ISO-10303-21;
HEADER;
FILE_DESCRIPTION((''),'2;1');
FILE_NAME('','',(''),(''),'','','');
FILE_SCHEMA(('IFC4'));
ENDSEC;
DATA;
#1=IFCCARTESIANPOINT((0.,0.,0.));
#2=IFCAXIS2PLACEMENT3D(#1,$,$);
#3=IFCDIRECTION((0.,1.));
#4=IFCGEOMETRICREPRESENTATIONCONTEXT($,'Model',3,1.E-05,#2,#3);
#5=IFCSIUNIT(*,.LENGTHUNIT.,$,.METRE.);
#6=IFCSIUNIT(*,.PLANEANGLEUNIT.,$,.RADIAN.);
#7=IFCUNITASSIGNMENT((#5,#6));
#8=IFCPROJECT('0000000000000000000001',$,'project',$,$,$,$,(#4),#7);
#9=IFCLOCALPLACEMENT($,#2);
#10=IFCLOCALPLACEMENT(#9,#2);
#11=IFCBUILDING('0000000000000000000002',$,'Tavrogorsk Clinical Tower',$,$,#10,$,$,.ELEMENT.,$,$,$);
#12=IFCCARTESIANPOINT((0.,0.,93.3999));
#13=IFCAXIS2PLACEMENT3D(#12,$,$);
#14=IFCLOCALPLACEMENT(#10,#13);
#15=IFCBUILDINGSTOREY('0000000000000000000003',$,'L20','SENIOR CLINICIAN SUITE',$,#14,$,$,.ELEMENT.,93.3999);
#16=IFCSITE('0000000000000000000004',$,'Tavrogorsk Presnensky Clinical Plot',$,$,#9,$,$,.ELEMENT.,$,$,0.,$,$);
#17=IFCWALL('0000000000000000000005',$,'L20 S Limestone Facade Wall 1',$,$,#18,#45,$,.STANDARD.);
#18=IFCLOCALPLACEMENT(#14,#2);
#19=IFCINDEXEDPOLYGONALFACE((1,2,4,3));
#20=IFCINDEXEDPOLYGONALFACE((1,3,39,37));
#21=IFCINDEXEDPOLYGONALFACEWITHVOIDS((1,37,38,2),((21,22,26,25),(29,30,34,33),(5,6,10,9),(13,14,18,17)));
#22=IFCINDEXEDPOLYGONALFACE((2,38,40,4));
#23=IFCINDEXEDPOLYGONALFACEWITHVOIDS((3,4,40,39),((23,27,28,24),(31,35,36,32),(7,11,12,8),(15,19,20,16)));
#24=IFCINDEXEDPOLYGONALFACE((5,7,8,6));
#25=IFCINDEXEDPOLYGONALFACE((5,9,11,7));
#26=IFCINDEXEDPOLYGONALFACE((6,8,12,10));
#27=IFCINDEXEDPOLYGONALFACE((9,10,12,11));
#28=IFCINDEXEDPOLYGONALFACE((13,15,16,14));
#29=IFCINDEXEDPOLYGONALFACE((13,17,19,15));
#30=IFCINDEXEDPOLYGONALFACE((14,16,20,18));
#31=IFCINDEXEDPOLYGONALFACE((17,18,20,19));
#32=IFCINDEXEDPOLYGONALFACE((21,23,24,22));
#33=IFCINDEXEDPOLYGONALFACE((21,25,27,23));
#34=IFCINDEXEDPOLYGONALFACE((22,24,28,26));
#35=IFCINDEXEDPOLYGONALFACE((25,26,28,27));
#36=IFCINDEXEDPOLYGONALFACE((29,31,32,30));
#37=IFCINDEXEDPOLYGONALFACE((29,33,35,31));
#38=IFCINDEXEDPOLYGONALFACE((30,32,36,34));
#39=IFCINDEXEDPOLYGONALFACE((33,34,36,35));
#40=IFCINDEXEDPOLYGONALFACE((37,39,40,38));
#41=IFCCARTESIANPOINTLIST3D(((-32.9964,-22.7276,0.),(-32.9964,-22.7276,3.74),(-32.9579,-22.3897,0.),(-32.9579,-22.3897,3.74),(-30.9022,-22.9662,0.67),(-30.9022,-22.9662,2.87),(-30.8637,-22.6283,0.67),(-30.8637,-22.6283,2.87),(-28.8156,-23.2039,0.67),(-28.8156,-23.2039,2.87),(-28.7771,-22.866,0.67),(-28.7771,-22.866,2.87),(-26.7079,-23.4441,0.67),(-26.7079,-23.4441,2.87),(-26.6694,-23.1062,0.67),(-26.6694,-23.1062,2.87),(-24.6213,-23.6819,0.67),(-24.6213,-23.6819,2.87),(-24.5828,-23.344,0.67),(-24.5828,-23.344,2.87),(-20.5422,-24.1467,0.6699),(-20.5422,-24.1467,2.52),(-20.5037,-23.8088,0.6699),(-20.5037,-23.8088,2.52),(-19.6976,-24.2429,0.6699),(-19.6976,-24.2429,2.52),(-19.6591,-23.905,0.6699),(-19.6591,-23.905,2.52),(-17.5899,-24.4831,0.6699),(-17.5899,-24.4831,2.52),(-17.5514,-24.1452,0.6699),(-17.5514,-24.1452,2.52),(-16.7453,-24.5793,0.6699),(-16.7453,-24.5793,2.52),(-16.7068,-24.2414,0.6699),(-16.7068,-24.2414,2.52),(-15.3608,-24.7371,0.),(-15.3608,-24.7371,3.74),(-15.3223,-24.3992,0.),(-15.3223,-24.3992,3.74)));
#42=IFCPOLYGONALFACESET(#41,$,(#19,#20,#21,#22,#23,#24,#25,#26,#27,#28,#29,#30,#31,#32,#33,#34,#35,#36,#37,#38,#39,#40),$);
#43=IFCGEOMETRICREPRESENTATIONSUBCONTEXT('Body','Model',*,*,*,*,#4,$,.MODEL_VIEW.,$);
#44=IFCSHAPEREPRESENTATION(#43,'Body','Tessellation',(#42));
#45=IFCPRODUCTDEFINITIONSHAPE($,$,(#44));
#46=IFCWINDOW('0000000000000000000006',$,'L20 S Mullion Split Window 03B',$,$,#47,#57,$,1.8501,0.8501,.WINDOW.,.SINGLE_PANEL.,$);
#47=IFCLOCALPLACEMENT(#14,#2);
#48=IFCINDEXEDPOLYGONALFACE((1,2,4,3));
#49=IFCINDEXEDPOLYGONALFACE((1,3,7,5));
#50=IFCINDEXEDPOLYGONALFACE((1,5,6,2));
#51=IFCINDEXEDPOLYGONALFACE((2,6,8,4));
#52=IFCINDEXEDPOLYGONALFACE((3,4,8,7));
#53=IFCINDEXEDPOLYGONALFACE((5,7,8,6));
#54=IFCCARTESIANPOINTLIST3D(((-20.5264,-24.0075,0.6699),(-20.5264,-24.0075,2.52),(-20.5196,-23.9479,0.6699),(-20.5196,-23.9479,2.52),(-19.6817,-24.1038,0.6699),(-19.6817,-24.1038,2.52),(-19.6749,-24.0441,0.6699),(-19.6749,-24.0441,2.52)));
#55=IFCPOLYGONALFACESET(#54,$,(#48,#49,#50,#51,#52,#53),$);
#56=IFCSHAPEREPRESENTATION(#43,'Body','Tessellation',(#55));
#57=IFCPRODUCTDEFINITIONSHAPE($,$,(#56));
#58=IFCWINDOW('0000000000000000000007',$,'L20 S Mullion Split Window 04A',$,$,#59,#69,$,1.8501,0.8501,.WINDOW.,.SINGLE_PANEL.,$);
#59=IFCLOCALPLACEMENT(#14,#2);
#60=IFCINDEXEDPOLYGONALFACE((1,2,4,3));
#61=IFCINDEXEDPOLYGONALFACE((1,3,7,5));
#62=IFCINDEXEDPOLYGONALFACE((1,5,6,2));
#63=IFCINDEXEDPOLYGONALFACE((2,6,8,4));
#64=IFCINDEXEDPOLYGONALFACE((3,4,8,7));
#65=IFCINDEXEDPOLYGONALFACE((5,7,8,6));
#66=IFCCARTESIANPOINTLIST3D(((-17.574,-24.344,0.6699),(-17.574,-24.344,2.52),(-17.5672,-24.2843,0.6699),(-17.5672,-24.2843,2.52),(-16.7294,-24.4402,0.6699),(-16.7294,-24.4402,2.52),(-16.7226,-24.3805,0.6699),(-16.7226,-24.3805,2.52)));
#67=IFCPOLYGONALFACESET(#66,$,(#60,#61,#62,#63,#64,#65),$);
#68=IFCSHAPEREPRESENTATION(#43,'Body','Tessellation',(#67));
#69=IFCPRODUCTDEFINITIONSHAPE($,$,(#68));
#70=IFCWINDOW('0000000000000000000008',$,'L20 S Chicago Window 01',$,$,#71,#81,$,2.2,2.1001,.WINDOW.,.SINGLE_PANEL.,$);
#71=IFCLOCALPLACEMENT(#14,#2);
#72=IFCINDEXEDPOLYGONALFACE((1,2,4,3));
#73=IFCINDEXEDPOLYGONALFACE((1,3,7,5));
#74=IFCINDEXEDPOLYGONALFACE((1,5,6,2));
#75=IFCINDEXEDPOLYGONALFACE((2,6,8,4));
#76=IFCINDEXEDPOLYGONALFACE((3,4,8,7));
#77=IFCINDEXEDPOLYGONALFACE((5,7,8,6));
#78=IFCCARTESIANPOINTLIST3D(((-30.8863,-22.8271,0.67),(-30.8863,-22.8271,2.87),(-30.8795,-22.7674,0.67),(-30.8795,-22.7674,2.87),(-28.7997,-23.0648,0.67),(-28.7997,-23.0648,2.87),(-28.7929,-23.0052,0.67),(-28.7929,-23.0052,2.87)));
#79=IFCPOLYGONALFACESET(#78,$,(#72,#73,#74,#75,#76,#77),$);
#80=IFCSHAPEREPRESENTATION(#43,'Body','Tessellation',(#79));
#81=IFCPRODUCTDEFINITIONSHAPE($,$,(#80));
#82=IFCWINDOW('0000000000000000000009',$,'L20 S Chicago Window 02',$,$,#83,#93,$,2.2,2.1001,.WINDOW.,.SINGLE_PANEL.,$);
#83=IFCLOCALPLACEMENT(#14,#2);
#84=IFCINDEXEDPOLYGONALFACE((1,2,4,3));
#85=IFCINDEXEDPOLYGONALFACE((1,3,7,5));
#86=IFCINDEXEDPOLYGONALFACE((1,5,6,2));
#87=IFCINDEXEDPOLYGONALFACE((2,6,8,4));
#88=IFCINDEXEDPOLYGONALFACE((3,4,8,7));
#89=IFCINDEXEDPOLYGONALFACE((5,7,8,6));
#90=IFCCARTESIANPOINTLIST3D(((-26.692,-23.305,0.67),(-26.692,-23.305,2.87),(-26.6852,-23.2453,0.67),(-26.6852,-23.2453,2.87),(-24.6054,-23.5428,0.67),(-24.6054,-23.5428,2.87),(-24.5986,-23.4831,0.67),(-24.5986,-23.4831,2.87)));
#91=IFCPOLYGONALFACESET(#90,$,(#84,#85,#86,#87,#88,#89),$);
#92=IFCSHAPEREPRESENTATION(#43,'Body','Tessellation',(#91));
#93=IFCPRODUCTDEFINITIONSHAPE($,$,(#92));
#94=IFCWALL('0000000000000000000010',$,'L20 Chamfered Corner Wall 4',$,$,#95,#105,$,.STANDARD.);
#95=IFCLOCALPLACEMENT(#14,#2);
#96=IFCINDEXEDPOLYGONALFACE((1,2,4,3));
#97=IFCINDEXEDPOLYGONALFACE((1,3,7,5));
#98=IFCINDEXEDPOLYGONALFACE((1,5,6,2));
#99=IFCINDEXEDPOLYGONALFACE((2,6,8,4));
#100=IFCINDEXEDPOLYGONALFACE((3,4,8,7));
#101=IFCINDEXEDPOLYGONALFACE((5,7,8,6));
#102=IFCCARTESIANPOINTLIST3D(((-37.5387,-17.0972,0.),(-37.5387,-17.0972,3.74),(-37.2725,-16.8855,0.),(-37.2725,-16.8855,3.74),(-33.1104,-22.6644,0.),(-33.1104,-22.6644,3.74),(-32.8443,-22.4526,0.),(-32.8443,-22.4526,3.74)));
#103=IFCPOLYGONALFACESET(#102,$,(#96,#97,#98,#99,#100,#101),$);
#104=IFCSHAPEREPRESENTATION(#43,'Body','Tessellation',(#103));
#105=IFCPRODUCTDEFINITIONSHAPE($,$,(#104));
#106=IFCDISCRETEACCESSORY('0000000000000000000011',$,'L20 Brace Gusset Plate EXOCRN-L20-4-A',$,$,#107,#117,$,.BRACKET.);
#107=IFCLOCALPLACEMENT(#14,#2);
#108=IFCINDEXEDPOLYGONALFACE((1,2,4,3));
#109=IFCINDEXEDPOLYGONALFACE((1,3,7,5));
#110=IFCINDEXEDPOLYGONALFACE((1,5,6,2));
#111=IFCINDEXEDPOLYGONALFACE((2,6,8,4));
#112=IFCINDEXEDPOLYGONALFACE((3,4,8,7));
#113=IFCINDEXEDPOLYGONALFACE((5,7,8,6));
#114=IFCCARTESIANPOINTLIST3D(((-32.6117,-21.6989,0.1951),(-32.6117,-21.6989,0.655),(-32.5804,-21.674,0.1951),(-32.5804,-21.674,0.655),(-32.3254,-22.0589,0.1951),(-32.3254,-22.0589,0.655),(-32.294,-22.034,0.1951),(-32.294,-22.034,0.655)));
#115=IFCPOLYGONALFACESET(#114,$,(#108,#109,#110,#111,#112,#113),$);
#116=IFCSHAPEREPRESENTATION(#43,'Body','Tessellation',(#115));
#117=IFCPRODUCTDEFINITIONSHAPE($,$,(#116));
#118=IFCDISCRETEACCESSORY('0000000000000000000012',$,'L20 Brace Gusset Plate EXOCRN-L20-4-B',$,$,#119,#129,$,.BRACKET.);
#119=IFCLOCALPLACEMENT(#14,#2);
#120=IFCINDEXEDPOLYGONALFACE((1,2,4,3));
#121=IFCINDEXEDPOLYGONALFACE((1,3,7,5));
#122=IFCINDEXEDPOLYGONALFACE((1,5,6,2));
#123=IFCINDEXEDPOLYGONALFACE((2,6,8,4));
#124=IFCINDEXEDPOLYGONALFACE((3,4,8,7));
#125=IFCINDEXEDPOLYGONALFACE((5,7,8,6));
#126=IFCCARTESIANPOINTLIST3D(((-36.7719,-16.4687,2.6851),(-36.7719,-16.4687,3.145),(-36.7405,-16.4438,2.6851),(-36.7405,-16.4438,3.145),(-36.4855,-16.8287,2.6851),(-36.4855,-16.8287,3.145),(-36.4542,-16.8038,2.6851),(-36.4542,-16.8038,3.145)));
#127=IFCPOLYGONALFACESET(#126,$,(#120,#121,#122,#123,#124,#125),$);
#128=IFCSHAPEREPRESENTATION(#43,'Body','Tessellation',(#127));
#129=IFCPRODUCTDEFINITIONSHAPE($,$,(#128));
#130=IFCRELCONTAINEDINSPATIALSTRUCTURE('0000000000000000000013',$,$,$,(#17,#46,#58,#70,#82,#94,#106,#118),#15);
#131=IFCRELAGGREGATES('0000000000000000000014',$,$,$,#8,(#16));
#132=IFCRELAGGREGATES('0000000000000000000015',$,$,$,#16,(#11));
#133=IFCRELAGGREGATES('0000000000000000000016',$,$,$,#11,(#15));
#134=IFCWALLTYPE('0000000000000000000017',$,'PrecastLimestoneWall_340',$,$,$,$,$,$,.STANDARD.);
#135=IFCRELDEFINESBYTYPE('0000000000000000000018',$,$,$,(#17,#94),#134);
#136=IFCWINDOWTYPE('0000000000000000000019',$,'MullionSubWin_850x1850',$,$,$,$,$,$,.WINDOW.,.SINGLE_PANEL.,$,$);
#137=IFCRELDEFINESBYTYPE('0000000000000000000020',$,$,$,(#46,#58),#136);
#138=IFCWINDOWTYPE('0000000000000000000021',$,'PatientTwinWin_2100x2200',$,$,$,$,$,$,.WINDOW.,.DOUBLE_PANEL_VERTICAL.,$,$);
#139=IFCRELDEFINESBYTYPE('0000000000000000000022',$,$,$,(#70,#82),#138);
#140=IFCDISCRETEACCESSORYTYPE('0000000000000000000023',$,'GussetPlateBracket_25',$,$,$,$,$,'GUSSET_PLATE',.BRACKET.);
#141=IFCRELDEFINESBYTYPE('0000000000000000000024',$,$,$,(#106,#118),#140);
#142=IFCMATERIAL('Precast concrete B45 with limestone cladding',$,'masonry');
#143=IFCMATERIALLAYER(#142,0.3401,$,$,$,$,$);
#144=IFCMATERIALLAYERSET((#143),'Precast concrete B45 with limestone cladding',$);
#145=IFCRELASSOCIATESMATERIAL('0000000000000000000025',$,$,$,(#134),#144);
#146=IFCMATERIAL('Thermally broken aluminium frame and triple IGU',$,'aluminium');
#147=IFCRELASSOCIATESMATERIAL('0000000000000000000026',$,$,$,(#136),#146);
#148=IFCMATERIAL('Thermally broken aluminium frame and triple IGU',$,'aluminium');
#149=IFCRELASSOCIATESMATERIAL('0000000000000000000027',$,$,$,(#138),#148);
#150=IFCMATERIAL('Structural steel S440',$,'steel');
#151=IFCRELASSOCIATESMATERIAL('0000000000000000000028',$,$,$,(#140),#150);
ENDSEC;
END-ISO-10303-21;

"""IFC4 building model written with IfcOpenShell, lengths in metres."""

from ifc_helpers import new_model, si_unit, direction, frame, frame_2d, origin, origin_2d, place, context, subcontext, project, spatial, rectangle, extrude, material, layer, layer_set, type_object, element, fill, save


model = new_model("IFC4")

# Units and contexts
model_context = context("Model", 3, precision=1e-05, world=origin(), true_north=direction((0.0, 1.0)))
body_context = subcontext(model_context, "Body", "Model", "MODEL_VIEW")
ifc_project = project(units=[si_unit("LENGTHUNIT", "METRE"), si_unit("PLANEANGLEUNIT", "RADIAN")], contexts=[model_context])

# Site, building, storey
site_placement = place(None, origin())
site = spatial("IfcSite", under=ifc_project, at=site_placement, Name="Tavrogorsk Presnensky Clinical Plot", CompositionType="ELEMENT", RefElevation=0.0)
building_placement = place(site_placement, origin())
building = spatial("IfcBuilding", under=site, at=building_placement, Name="Tavrogorsk Clinical Tower", CompositionType="ELEMENT")
storey_placement = place(building_placement, frame((0.0, 0.0, 93.3999)))
storey = spatial("IfcBuildingStorey", under=building, at=storey_placement, Name="L20", Description="SENIOR CLINICIAN SUITE", CompositionType="ELEMENT", Elevation=93.3999)

# Wall, openings, windows
ifc_material_1 = material(Name="Precast concrete B45 with limestone cladding", Category="masonry")
ifc_layer_1 = layer(ifc_material_1, 0.3401)
ifc_layer_set_1 = layer_set([ifc_layer_1], Name="Precast concrete B45 with limestone cladding")
wall_type_1 = type_object("IfcWallType", Name="PrecastLimestoneWall_340", PredefinedType="STANDARD", material=ifc_layer_set_1)
wall_1_placement = place(storey_placement, frame((-32.9773, -22.5586, 0.0), z_axis=(0.0, 0.0, 1.0), x_axis=(0.993571, -0.113213, 0.0)))
wall_1 = element("IfcWall", 1, at=wall_1_placement, inside=storey, type_object=wall_type_1, Name="L20 S Limestone Facade Wall 1", PredefinedType="STANDARD", context=body_context, shape_type="SweptSolid", body=[
    extrude(rectangle(XDim=17.7498, YDim=0.3401, at=frame_2d((8.875, 0.0))), origin(), (0.0, 0.0, 1.0), 3.74),
])
opening_1_placement = place(wall_1_placement, frame((2.1079, 0.0, 0.6699)))
opening_1 = element("IfcOpeningElement", 2, at=opening_1_placement, cuts=wall_1, PredefinedType="OPENING", context=body_context, shape_type="SweptSolid", body=[
    extrude(rectangle(XDim=2.1001, YDim=2.2, at=frame_2d((1.05, 1.1001))), frame((0.0, 0.1799, 0.0), z_axis=(0.0, -1.0, 0.0), x_axis=(1.0, 0.0, 0.0)), (0.0, 0.0, 1.0), 0.3601),
])
opening_2_placement = place(wall_1_placement, frame((6.3293, 0.0, 0.6699)))
opening_2 = element("IfcOpeningElement", 3, at=opening_2_placement, cuts=wall_1, PredefinedType="OPENING", context=body_context, shape_type="SweptSolid", body=[
    extrude(rectangle(XDim=2.1001, YDim=2.2, at=frame_2d((1.05, 1.1001))), frame((0.0, 0.1799, 0.0), z_axis=(0.0, -1.0, 0.0), x_axis=(1.0, 0.0, 0.0)), (0.0, 0.0, 1.0), 0.3601),
])
opening_3_placement = place(wall_1_placement, frame((12.5349, 0.0, 0.6699)))
opening_3 = element("IfcOpeningElement", 4, at=opening_3_placement, cuts=wall_1, PredefinedType="OPENING", context=body_context, shape_type="SweptSolid", body=[
    extrude(rectangle(XDim=0.8501, YDim=1.8501, at=frame_2d((0.425, 0.925))), frame((0.0, 0.1799, 0.0), z_axis=(0.0, -1.0, 0.0), x_axis=(1.0, 0.0, 0.0)), (0.0, 0.0, 1.0), 0.3601),
])
opening_4_placement = place(wall_1_placement, frame((15.5063, 0.0, 0.6699)))
opening_4 = element("IfcOpeningElement", 5, at=opening_4_placement, cuts=wall_1, PredefinedType="OPENING", context=body_context, shape_type="SweptSolid", body=[
    extrude(rectangle(XDim=0.8501, YDim=1.8501, at=frame_2d((0.425, 0.925))), frame((0.0, 0.1799, 0.0), z_axis=(0.0, -1.0, 0.0), x_axis=(1.0, 0.0, 0.0)), (0.0, 0.0, 1.0), 0.3601),
])
ifc_material_2 = material(Name="Thermally broken aluminium frame and triple IGU", Category="aluminium")
window_type_1 = type_object("IfcWindowType", Name="MullionSubWin_850x1850", PartitioningType="SINGLE_PANEL", PredefinedType="WINDOW", material=ifc_material_2)
window_1_placement = place(opening_3_placement, origin())
window_1 = element("IfcWindow", 6, at=window_1_placement, inside=storey, type_object=window_type_1, Name="L20 S Mullion Split Window 03B", OverallHeight=1.8501, OverallWidth=0.8501, PartitioningType="SINGLE_PANEL", PredefinedType="WINDOW", context=body_context, shape_type="SweptSolid", body=[
    extrude(rectangle(XDim=0.8501, YDim=1.8501, at=frame_2d((0.425, 0.925))), frame((0.0, 0.03, 0.0), z_axis=(0.0, -1.0, 0.0), x_axis=(1.0, 0.0, 0.0)), (0.0, 0.0, 1.0), 0.0601),
])
fill(opening_3, window_1)
window_2_placement = place(opening_4_placement, origin())
window_2 = element("IfcWindow", 7, at=window_2_placement, inside=storey, type_object=window_type_1, Name="L20 S Mullion Split Window 04A", OverallHeight=1.8501, OverallWidth=0.8501, PartitioningType="SINGLE_PANEL", PredefinedType="WINDOW", context=body_context, shape_type="SweptSolid", body=[
    extrude(rectangle(XDim=0.8501, YDim=1.8501, at=frame_2d((0.425, 0.925))), frame((0.0, 0.03, 0.0), z_axis=(0.0, -1.0, 0.0), x_axis=(1.0, 0.0, 0.0)), (0.0, 0.0, 1.0), 0.0601),
])
fill(opening_4, window_2)
ifc_material_3 = material(Name="Thermally broken aluminium frame and triple IGU", Category="aluminium")
window_type_2 = type_object("IfcWindowType", Name="PatientTwinWin_2100x2200", PartitioningType="DOUBLE_PANEL_VERTICAL", PredefinedType="WINDOW", material=ifc_material_3)
window_3_placement = place(opening_1_placement, origin())
window_3 = element("IfcWindow", 8, at=window_3_placement, inside=storey, type_object=window_type_2, Name="L20 S Chicago Window 01", OverallHeight=2.2, OverallWidth=2.1001, PartitioningType="SINGLE_PANEL", PredefinedType="WINDOW", context=body_context, shape_type="SweptSolid", body=[
    extrude(rectangle(XDim=2.1001, YDim=2.2, at=frame_2d((1.05, 1.1001))), frame((0.0, 0.03, 0.0), z_axis=(0.0, -1.0, 0.0), x_axis=(1.0, 0.0, 0.0)), (0.0, 0.0, 1.0), 0.0601),
])
fill(opening_1, window_3)
window_4_placement = place(opening_2_placement, origin())
window_4 = element("IfcWindow", 9, at=window_4_placement, inside=storey, type_object=window_type_2, Name="L20 S Chicago Window 02", OverallHeight=2.2, OverallWidth=2.1001, PartitioningType="SINGLE_PANEL", PredefinedType="WINDOW", context=body_context, shape_type="SweptSolid", body=[
    extrude(rectangle(XDim=2.1001, YDim=2.2, at=frame_2d((1.05, 1.1001))), frame((0.0, 0.03, 0.0), z_axis=(0.0, -1.0, 0.0), x_axis=(1.0, 0.0, 0.0)), (0.0, 0.0, 1.0), 0.0601),
])
fill(opening_2, window_4)

# Wall
wall_2_placement = place(storey_placement, frame((-37.4055, -16.9915, 0.0), z_axis=(0.0, 0.0, 1.0), x_axis=(0.622508, -0.782614, 0.0)))
element("IfcWall", 10, at=wall_2_placement, inside=storey, type_object=wall_type_1, Name="L20 Chamfered Corner Wall 4", PredefinedType="STANDARD", context=body_context, shape_type="SweptSolid", body=[
    extrude(rectangle(XDim=7.1135, YDim=0.3401, at=frame_2d((3.5566, 0.0))), origin(), (0.0, 0.0, 1.0), 3.74),
])

# Discrete accessories
ifc_material_4 = material(Name="Structural steel S440", Category="steel")
discrete_accessory_type = type_object("IfcDiscreteAccessoryType", Name="GussetPlateBracket_25", ElementType="GUSSET_PLATE", PredefinedType="BRACKET", material=ifc_material_4)
for number, where, z_axis, x_axis, name in (
    (11, (-32.4529, -21.8665, 0.1951), (0.0, 0.0, 1.0), (-0.622515, 0.782608, 0.0), "L20 Brace Gusset Plate EXOCRN-L20-4-A"),
    (12, (-36.613, -16.6362, 2.6851), (0.0, 0.0, 1.0), (-0.622515, 0.782608, 0.0), "L20 Brace Gusset Plate EXOCRN-L20-4-B"),
):
    element("IfcDiscreteAccessory", number, at=place(storey_placement, frame(where, z_axis=z_axis, x_axis=x_axis)), inside=storey, type_object=discrete_accessory_type, Name=name, PredefinedType="BRACKET", context=body_context, shape_type="SweptSolid", body=[
        extrude(rectangle(XDim=0.46, YDim=0.04, at=origin_2d()), origin(), (0.0, 0.0, 1.0), 0.46),
    ])

save(model, "model.ifc")
